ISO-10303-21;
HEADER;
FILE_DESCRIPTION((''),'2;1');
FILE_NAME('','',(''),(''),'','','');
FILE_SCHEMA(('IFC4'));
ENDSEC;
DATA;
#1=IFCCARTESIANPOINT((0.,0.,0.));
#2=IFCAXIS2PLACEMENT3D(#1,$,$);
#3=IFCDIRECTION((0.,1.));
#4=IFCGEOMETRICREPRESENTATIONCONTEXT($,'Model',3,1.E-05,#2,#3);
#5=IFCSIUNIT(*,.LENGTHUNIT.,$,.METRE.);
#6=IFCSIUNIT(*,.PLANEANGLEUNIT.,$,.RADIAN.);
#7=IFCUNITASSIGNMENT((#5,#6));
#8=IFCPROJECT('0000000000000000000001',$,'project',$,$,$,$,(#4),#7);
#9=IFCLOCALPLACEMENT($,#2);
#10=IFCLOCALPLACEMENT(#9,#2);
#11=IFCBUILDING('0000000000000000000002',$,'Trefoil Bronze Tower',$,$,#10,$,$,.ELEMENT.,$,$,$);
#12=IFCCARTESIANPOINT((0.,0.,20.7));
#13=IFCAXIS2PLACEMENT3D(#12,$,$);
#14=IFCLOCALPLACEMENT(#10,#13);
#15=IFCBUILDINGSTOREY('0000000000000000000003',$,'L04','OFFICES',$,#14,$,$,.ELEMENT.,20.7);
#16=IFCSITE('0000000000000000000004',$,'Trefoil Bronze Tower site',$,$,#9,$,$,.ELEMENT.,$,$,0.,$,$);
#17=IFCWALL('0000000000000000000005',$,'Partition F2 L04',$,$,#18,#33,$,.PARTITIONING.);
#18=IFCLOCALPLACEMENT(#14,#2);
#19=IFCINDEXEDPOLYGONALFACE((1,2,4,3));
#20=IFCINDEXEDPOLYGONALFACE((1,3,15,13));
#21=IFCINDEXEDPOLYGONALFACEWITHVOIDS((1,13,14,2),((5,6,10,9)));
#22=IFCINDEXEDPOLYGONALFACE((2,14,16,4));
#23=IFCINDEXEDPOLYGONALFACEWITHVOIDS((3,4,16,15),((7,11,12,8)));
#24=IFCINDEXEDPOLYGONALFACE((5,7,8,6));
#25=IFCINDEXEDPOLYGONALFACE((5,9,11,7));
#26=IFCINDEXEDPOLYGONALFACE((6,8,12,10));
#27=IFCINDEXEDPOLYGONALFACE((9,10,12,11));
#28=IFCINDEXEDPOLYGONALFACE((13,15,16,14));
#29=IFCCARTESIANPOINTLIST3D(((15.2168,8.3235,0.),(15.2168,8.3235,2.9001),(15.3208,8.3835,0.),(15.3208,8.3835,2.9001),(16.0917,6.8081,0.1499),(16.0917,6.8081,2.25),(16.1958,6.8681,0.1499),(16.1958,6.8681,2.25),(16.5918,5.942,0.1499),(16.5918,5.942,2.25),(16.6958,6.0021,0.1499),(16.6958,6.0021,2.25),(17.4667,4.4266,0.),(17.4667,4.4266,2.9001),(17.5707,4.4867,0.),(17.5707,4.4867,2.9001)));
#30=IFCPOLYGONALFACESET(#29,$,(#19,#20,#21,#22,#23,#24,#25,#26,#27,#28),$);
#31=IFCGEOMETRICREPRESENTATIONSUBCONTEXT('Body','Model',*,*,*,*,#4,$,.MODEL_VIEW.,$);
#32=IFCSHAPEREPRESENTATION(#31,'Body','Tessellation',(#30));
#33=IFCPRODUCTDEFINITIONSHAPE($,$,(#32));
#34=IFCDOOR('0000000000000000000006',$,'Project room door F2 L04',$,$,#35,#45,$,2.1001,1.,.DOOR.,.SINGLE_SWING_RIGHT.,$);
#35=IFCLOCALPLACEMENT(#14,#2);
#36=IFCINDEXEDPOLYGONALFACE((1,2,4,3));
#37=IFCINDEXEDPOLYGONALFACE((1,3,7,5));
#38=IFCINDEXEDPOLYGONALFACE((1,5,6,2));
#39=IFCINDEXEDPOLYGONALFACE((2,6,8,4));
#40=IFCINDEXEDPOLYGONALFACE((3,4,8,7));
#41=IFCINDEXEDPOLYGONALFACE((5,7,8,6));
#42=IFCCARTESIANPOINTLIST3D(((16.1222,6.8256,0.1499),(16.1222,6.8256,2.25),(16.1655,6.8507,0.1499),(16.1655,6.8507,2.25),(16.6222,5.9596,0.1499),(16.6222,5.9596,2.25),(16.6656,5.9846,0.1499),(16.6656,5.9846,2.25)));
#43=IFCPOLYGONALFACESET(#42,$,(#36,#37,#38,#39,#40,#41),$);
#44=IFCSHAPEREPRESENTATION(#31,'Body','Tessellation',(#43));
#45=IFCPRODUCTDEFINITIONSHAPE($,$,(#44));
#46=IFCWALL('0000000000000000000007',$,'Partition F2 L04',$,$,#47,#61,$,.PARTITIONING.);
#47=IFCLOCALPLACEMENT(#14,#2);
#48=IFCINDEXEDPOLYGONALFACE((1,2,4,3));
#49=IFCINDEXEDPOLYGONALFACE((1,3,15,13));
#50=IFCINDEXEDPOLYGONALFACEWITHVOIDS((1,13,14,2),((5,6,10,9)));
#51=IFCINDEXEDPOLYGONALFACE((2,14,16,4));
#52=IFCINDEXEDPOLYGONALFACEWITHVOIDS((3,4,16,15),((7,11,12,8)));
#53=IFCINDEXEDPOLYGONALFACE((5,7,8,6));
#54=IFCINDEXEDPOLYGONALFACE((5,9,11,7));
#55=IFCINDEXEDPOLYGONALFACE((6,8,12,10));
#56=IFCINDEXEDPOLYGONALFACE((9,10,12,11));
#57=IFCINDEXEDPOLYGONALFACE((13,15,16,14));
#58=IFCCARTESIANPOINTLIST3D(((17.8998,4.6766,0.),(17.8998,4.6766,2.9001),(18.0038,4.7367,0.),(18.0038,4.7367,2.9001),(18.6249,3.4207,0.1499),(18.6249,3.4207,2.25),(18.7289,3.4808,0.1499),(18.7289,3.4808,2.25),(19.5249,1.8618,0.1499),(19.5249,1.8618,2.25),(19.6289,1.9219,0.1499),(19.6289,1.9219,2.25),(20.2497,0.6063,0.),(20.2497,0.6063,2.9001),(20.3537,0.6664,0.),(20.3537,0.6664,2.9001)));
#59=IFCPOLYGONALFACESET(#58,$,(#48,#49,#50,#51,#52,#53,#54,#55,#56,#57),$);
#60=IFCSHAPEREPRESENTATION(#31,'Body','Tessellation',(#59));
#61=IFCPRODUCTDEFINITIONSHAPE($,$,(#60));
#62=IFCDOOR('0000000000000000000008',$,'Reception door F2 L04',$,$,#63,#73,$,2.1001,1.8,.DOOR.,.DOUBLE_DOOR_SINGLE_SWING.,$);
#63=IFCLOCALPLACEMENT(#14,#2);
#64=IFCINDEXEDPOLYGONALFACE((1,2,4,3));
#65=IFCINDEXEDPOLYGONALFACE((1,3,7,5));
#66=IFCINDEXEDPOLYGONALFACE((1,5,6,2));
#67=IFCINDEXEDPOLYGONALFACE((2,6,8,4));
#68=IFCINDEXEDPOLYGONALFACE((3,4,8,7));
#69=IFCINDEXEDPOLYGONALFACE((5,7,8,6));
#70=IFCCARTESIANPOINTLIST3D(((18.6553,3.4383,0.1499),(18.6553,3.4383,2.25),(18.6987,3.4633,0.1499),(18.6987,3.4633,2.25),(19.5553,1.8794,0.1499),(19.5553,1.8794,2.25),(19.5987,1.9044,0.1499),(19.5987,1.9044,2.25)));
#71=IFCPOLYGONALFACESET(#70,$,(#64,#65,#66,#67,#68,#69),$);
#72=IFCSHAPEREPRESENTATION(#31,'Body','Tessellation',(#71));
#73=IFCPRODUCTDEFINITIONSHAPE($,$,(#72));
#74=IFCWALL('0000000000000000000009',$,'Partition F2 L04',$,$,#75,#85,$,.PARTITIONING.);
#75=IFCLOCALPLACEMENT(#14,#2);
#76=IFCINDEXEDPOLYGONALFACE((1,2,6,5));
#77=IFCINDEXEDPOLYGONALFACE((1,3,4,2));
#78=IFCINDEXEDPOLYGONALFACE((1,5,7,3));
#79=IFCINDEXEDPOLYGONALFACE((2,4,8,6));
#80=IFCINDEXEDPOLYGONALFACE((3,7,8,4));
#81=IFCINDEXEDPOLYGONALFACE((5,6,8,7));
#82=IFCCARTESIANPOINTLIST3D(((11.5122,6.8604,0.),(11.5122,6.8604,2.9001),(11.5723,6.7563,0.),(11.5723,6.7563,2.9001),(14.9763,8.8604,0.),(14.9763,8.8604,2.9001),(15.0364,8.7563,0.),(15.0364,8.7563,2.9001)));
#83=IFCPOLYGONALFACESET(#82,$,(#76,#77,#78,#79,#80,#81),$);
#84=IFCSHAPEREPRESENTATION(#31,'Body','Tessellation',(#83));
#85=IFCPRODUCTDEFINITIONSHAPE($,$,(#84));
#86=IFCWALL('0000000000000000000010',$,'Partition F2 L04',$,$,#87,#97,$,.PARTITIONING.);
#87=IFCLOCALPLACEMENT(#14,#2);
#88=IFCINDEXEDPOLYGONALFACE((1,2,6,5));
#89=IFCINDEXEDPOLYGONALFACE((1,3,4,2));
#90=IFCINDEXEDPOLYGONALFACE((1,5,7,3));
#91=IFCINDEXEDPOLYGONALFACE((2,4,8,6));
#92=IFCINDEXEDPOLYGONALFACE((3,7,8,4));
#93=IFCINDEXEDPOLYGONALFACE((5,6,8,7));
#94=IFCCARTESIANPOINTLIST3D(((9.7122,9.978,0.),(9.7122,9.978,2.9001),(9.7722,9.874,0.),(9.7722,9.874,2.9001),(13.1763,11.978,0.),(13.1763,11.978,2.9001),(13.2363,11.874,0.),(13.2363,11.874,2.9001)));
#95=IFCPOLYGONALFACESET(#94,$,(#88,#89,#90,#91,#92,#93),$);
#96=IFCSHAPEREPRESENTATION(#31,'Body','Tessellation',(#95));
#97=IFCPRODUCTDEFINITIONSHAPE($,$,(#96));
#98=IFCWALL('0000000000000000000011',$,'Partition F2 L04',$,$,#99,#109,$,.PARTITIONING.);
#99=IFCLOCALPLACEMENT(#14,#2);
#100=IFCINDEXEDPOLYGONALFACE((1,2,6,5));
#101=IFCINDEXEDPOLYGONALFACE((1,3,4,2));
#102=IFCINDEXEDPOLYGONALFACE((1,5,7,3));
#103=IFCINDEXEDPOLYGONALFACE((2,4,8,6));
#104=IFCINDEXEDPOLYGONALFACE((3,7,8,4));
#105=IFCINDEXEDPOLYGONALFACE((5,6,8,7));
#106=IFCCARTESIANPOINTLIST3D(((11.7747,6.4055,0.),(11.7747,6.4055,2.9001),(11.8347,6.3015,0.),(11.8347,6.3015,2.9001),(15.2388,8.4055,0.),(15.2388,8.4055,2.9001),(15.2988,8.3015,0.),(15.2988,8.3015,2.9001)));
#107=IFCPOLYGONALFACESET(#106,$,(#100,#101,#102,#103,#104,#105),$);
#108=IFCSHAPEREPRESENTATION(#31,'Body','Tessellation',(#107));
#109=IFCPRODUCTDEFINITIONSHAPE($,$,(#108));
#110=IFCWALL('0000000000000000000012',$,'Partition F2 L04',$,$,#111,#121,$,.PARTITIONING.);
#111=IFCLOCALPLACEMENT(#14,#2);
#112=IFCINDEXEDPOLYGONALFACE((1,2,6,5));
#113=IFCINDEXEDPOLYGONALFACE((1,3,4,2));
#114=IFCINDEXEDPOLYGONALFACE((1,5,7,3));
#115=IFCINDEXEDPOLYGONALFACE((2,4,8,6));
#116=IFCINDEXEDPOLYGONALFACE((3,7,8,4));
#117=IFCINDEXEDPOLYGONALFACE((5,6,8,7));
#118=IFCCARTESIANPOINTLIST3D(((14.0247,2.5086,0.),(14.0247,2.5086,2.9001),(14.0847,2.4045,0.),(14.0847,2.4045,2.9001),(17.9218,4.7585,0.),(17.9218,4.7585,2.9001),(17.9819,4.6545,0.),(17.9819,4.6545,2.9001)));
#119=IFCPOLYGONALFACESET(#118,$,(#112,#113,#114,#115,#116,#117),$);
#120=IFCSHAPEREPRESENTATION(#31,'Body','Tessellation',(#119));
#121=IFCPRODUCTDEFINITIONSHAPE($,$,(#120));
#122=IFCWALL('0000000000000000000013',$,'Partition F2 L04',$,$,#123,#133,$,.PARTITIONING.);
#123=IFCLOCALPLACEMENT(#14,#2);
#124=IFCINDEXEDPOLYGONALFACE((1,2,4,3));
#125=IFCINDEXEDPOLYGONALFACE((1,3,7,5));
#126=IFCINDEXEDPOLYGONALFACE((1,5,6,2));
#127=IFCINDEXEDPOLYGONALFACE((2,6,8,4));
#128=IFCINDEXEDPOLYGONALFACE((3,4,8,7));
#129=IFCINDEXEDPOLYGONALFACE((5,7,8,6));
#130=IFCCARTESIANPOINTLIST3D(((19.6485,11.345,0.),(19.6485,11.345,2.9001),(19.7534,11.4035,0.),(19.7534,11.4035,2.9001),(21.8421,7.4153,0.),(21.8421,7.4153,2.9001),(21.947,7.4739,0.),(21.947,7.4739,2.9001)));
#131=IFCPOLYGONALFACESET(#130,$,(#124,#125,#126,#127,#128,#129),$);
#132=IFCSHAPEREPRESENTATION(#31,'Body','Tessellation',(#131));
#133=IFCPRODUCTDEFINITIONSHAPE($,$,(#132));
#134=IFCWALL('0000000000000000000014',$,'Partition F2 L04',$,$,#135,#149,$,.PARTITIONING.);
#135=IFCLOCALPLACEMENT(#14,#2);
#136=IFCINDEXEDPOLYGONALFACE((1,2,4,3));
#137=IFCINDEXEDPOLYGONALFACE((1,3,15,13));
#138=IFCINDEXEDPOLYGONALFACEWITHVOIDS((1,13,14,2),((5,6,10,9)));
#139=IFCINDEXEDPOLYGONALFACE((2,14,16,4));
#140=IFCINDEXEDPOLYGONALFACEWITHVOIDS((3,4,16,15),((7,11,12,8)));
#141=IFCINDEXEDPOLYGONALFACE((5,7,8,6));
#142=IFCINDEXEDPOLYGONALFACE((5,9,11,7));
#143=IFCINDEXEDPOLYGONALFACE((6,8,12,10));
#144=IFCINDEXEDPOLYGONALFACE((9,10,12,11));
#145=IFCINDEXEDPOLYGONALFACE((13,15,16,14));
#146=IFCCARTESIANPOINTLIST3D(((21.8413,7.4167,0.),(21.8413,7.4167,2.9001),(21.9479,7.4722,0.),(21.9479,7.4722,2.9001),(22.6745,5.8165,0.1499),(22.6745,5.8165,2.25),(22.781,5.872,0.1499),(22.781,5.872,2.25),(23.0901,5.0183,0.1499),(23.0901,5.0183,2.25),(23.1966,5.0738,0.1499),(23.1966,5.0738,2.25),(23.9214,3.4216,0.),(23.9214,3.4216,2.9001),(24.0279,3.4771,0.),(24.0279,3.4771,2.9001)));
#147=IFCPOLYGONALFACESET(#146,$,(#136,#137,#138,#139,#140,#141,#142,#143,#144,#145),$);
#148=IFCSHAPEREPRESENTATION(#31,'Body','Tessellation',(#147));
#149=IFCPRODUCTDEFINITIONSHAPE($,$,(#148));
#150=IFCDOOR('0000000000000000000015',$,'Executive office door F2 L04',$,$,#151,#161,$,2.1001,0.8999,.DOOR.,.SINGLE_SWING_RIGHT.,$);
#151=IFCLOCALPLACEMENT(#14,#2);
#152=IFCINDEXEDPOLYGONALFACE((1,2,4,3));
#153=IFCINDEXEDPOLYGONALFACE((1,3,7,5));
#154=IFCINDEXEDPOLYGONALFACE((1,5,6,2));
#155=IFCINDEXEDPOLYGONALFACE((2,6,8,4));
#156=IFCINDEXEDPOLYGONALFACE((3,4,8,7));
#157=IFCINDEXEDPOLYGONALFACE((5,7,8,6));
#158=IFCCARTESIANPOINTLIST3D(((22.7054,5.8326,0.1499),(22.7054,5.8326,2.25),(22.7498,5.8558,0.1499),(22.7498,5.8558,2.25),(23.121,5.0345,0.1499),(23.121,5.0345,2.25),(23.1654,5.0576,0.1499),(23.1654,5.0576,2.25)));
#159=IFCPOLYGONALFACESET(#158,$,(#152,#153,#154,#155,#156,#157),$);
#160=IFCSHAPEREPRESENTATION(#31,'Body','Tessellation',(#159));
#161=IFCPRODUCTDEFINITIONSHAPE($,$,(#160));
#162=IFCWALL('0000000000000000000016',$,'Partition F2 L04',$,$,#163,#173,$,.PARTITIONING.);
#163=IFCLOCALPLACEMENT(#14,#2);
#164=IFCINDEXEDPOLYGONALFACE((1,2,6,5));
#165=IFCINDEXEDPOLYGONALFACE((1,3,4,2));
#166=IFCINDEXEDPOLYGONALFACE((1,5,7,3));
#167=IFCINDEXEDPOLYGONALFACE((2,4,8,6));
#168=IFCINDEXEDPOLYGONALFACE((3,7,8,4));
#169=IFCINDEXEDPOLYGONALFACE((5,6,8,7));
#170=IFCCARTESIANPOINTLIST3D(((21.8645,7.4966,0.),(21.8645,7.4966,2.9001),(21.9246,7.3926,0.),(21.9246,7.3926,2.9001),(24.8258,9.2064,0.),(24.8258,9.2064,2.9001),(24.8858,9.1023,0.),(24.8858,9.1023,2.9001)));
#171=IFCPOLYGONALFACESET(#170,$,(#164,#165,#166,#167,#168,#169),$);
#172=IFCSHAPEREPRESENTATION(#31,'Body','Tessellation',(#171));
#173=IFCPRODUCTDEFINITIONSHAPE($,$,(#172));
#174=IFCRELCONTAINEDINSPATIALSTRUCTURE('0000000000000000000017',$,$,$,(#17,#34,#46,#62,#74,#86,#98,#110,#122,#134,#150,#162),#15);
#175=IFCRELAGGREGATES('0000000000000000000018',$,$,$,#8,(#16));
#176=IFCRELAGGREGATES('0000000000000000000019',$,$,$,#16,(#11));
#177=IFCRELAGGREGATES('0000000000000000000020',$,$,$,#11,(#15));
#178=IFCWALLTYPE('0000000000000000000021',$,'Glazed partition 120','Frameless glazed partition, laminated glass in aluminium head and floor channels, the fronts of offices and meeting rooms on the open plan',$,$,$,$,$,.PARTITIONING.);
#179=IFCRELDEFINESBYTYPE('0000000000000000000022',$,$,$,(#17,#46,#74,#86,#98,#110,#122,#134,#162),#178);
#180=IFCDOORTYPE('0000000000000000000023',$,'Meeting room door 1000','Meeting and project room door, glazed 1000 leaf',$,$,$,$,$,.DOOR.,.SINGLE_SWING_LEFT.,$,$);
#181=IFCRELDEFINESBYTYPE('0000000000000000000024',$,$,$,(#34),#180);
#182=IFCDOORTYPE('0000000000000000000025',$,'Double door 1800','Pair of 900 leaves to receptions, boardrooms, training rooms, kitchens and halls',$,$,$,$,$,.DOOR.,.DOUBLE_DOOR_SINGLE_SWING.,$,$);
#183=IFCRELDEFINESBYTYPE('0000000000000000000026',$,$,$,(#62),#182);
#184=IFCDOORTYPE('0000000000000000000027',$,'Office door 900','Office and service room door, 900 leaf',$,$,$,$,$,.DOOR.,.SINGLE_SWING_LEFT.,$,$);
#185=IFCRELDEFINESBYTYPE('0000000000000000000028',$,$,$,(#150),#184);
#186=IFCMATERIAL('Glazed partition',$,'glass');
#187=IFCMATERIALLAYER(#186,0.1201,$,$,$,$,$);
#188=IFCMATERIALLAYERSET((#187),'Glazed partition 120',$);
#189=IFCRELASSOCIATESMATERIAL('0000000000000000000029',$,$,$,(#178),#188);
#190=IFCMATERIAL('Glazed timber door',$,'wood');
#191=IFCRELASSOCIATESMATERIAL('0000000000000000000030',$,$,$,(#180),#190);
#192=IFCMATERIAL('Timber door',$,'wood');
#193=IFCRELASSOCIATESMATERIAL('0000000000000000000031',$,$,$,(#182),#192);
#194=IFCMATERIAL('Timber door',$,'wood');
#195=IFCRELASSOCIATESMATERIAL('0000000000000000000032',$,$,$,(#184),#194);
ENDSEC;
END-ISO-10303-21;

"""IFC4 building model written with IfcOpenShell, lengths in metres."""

from ifc_helpers import new_model, si_unit, direction, frame, frame_2d, origin, place, context, subcontext, project, spatial, rectangle, extrude, material, layer, layer_set, type_object, element, fill, save


model = new_model("IFC4")

# Units and contexts
model_context = context("Model", 3, precision=1e-05, world=origin(), true_north=direction((0.0, 1.0)))
body_context = subcontext(model_context, "Body", "Model", "MODEL_VIEW")
ifc_project = project(units=[si_unit("LENGTHUNIT", "METRE"), si_unit("PLANEANGLEUNIT", "RADIAN")], contexts=[model_context])

# Site, building, storey
site_placement = place(None, origin())
site = spatial("IfcSite", under=ifc_project, at=site_placement, Name="Trefoil Bronze Tower site", CompositionType="ELEMENT", RefElevation=0.0)
building_placement = place(site_placement, origin())
building = spatial("IfcBuilding", under=site, at=building_placement, Name="Trefoil Bronze Tower", CompositionType="ELEMENT")
storey_placement = place(building_placement, frame((0.0, 0.0, 20.7)))
storey = spatial("IfcBuildingStorey", under=building, at=storey_placement, Name="L04", Description="OFFICES", CompositionType="ELEMENT", Elevation=20.7)

# Walls, openings, doors
ifc_material_1 = material(Name="Glazed partition", Category="glass")
ifc_layer_1 = layer(ifc_material_1, 0.1201)
ifc_layer_set_1 = layer_set([ifc_layer_1], Name="Glazed partition 120")
wall_type_1 = type_object("IfcWallType", Name="Glazed partition 120", Description="Frameless glazed partition, laminated glass in aluminium head and floor channels, the fronts of offices and meeting rooms on the open plan", PredefinedType="PARTITIONING", material=ifc_layer_set_1)
ifc_material_2 = material(Name="Glazed timber door", Category="wood")
door_type_1 = type_object("IfcDoorType", Name="Meeting room door 1000", Description="Meeting and project room door, glazed 1000 leaf", OperationType="SINGLE_SWING_LEFT", PredefinedType="DOOR", material=ifc_material_2)
wall_1_placement = place(storey_placement, frame((17.5188, 4.4565, 0.0), z_axis=(0.0, 0.0, 1.0), x_axis=(-0.500014, 0.866018, 0.0)))
wall_1 = element("IfcWall", 1, at=wall_1_placement, inside=storey, type_object=wall_type_1, Name="Partition F2 L04", PredefinedType="PARTITIONING", context=body_context, shape_type="SweptSolid", body=[
    extrude(rectangle(XDim=4.4998, YDim=0.1201, at=frame_2d((2.25, 0.0))), origin(), (0.0, 0.0, 1.0), 2.9001),
])
opening_1_placement = place(wall_1_placement, frame((1.75, 0.0, 0.1499)))
opening_1 = element("IfcOpeningElement", 2, at=opening_1_placement, cuts=wall_1, PredefinedType="OPENING", context=body_context, shape_type="SweptSolid", body=[
    extrude(rectangle(XDim=1.0, YDim=2.1001, at=frame_2d((0.5, 1.05))), frame((0.0, 0.0701, 0.0), z_axis=(0.0, -1.0, 0.0), x_axis=(1.0, 0.0, 0.0)), (0.0, 0.0, 1.0), 0.1401),
])
door_1_placement = place(opening_1_placement, origin())
door_1 = element("IfcDoor", 3, at=door_1_placement, inside=storey, type_object=door_type_1, Name="Project room door F2 L04", OperationType="SINGLE_SWING_RIGHT", OverallHeight=2.1001, OverallWidth=1.0, PredefinedType="DOOR", context=body_context, shape_type="SweptSolid", body=[
    extrude(rectangle(XDim=1.0, YDim=2.1001, at=frame_2d((0.5, 1.05))), frame((0.0, 0.0249, 0.0), z_axis=(0.0, -1.0, 0.0), x_axis=(1.0, 0.0, 0.0)), (0.0, 0.0, 1.0), 0.05),
])
fill(opening_1, door_1)
wall_2_placement = place(storey_placement, frame((20.3018, 0.6362, 0.0), z_axis=(0.0, 0.0, 1.0), x_axis=(-0.499977, 0.866039, 0.0)))
wall_2 = element("IfcWall", 4, at=wall_2_placement, inside=storey, type_object=wall_type_1, Name="Partition F2 L04", PredefinedType="PARTITIONING", context=body_context, shape_type="SweptSolid", body=[
    extrude(rectangle(XDim=4.7, YDim=0.1201, at=frame_2d((2.3501, 0.0))), origin(), (0.0, 0.0, 1.0), 2.9001),
])
opening_2_placement = place(wall_2_placement, frame((1.45, 0.0, 0.1499)))
opening_2 = element("IfcOpeningElement", 5, at=opening_2_placement, cuts=wall_2, PredefinedType="OPENING", context=body_context, shape_type="SweptSolid", body=[
    extrude(rectangle(XDim=1.8, YDim=2.1001, at=frame_2d((0.8999, 1.05))), frame((0.0, 0.0701, 0.0), z_axis=(0.0, -1.0, 0.0), x_axis=(1.0, 0.0, 0.0)), (0.0, 0.0, 1.0), 0.1401),
])
ifc_material_3 = material(Name="Timber door", Category="wood")
door_type_2 = type_object("IfcDoorType", Name="Double door 1800", Description="Pair of 900 leaves to receptions, boardrooms, training rooms, kitchens and halls", OperationType="DOUBLE_DOOR_SINGLE_SWING", PredefinedType="DOOR", material=ifc_material_3)
door_2_placement = place(opening_2_placement, origin())
door_2 = element("IfcDoor", 6, at=door_2_placement, inside=storey, type_object=door_type_2, Name="Reception door F2 L04", OperationType="DOUBLE_DOOR_SINGLE_SWING", OverallHeight=2.1001, OverallWidth=1.8, PredefinedType="DOOR", context=body_context, shape_type="SweptSolid", body=[
    extrude(rectangle(XDim=1.8, YDim=2.1001, at=frame_2d((0.8999, 1.05))), frame((0.0, 0.0249, 0.0), z_axis=(0.0, -1.0, 0.0), x_axis=(1.0, 0.0, 0.0)), (0.0, 0.0, 1.0), 0.05),
])
fill(opening_2, door_2)

# Walls
for number, where, z_axis, x_axis, name in (
    (7, (11.5422, 6.8083, 0.0), (0.0, 0.0, 1.0), (0.866026, 0.499999, 0.0), "Partition F2 L04"),
    (8, (9.7422, 9.926, 0.0), (0.0, 0.0, 1.0), (0.866026, 0.499999, 0.0), "Partition F2 L04"),
    (9, (11.8047, 6.3535, 0.0), (0.0, 0.0, 1.0), (0.866026, 0.499999, 0.0), "Partition F2 L04"),
):
    element("IfcWall", number, at=place(storey_placement, frame(where, z_axis=z_axis, x_axis=x_axis)), inside=storey, type_object=wall_type_1, Name=name, PredefinedType="PARTITIONING", context=body_context, shape_type="SweptSolid", body=[
        extrude(rectangle(XDim=4.0, YDim=0.1201, at=frame_2d((2.0, 0.0))), origin(), (0.0, 0.0, 1.0), 2.9001),
    ])
wall_3_placement = place(storey_placement, frame((14.0547, 2.4565, 0.0), z_axis=(0.0, 0.0, 1.0), x_axis=(0.866031, 0.49999, 0.0)))
element("IfcWall", 10, at=wall_3_placement, inside=storey, type_object=wall_type_1, Name="Partition F2 L04", PredefinedType="PARTITIONING", context=body_context, shape_type="SweptSolid", body=[
    extrude(rectangle(XDim=4.5, YDim=0.1201, at=frame_2d((2.25, 0.0))), origin(), (0.0, 0.0, 1.0), 2.9001),
])
wall_4_placement = place(storey_placement, frame((21.8945, 7.4446, 0.0), z_axis=(0.0, 0.0, 1.0), x_axis=(-0.487415, 0.87317, 0.0)))
element("IfcWall", 11, at=wall_4_placement, inside=storey, type_object=wall_type_1, Name="Partition F2 L04", PredefinedType="PARTITIONING", context=body_context, shape_type="SweptSolid", body=[
    extrude(rectangle(XDim=4.5005, YDim=0.1201, at=frame_2d((2.2502, 0.0))), origin(), (0.0, 0.0, 1.0), 2.9001),
])

# Wall, opening, door
wall_5_placement = place(storey_placement, frame((23.9746, 3.4495, 0.0), z_axis=(0.0, 0.0, 1.0), x_axis=(-0.46181, 0.886979, 0.0)))
wall_5 = element("IfcWall", 12, at=wall_5_placement, inside=storey, type_object=wall_type_1, Name="Partition F2 L04", PredefinedType="PARTITIONING", context=body_context, shape_type="SweptSolid", body=[
    extrude(rectangle(XDim=4.5042, YDim=0.1201, at=frame_2d((2.252, 0.0))), origin(), (0.0, 0.0, 1.0), 2.9001),
])
opening_3_placement = place(wall_5_placement, frame((1.8, 0.0, 0.1499)))
opening_3 = element("IfcOpeningElement", 13, at=opening_3_placement, cuts=wall_5, PredefinedType="OPENING", context=body_context, shape_type="SweptSolid", body=[
    extrude(rectangle(XDim=0.8999, YDim=2.1001, at=frame_2d((0.45, 1.05))), frame((0.0, 0.0701, 0.0), z_axis=(0.0, -1.0, 0.0), x_axis=(1.0, 0.0, 0.0)), (0.0, 0.0, 1.0), 0.1401),
])
ifc_material_4 = material(Name="Timber door", Category="wood")
door_type_3 = type_object("IfcDoorType", Name="Office door 900", Description="Office and service room door, 900 leaf", OperationType="SINGLE_SWING_LEFT", PredefinedType="DOOR", material=ifc_material_4)
door_3_placement = place(opening_3_placement, frame((0.8999, 0.0, 0.0), z_axis=(0.0, 0.0, 1.0), x_axis=(-1.0, 0.0, 0.0)))
door_3 = element("IfcDoor", 14, at=door_3_placement, inside=storey, type_object=door_type_3, Name="Executive office door F2 L04", OperationType="SINGLE_SWING_RIGHT", OverallHeight=2.1001, OverallWidth=0.8999, PredefinedType="DOOR", context=body_context, shape_type="SweptSolid", body=[
    extrude(rectangle(XDim=0.8999, YDim=2.1001, at=frame_2d((0.45, 1.05))), frame((0.0, 0.0249, 0.0), z_axis=(0.0, -1.0, 0.0), x_axis=(1.0, 0.0, 0.0)), (0.0, 0.0, 1.0), 0.05),
])
fill(opening_3, door_3)

# Wall
wall_6_placement = place(storey_placement, frame((21.8945, 7.4446, 0.0), z_axis=(0.0, 0.0, 1.0), x_axis=(0.866016, 0.500017, 0.0)))
element("IfcWall", 15, at=wall_6_placement, inside=storey, type_object=wall_type_1, Name="Partition F2 L04", PredefinedType="PARTITIONING", context=body_context, shape_type="SweptSolid", body=[
    extrude(rectangle(XDim=3.4194, YDim=0.1201, at=frame_2d((1.7097, 0.0))), origin(), (0.0, 0.0, 1.0), 2.9001),
])

save(model, "model.ifc")
